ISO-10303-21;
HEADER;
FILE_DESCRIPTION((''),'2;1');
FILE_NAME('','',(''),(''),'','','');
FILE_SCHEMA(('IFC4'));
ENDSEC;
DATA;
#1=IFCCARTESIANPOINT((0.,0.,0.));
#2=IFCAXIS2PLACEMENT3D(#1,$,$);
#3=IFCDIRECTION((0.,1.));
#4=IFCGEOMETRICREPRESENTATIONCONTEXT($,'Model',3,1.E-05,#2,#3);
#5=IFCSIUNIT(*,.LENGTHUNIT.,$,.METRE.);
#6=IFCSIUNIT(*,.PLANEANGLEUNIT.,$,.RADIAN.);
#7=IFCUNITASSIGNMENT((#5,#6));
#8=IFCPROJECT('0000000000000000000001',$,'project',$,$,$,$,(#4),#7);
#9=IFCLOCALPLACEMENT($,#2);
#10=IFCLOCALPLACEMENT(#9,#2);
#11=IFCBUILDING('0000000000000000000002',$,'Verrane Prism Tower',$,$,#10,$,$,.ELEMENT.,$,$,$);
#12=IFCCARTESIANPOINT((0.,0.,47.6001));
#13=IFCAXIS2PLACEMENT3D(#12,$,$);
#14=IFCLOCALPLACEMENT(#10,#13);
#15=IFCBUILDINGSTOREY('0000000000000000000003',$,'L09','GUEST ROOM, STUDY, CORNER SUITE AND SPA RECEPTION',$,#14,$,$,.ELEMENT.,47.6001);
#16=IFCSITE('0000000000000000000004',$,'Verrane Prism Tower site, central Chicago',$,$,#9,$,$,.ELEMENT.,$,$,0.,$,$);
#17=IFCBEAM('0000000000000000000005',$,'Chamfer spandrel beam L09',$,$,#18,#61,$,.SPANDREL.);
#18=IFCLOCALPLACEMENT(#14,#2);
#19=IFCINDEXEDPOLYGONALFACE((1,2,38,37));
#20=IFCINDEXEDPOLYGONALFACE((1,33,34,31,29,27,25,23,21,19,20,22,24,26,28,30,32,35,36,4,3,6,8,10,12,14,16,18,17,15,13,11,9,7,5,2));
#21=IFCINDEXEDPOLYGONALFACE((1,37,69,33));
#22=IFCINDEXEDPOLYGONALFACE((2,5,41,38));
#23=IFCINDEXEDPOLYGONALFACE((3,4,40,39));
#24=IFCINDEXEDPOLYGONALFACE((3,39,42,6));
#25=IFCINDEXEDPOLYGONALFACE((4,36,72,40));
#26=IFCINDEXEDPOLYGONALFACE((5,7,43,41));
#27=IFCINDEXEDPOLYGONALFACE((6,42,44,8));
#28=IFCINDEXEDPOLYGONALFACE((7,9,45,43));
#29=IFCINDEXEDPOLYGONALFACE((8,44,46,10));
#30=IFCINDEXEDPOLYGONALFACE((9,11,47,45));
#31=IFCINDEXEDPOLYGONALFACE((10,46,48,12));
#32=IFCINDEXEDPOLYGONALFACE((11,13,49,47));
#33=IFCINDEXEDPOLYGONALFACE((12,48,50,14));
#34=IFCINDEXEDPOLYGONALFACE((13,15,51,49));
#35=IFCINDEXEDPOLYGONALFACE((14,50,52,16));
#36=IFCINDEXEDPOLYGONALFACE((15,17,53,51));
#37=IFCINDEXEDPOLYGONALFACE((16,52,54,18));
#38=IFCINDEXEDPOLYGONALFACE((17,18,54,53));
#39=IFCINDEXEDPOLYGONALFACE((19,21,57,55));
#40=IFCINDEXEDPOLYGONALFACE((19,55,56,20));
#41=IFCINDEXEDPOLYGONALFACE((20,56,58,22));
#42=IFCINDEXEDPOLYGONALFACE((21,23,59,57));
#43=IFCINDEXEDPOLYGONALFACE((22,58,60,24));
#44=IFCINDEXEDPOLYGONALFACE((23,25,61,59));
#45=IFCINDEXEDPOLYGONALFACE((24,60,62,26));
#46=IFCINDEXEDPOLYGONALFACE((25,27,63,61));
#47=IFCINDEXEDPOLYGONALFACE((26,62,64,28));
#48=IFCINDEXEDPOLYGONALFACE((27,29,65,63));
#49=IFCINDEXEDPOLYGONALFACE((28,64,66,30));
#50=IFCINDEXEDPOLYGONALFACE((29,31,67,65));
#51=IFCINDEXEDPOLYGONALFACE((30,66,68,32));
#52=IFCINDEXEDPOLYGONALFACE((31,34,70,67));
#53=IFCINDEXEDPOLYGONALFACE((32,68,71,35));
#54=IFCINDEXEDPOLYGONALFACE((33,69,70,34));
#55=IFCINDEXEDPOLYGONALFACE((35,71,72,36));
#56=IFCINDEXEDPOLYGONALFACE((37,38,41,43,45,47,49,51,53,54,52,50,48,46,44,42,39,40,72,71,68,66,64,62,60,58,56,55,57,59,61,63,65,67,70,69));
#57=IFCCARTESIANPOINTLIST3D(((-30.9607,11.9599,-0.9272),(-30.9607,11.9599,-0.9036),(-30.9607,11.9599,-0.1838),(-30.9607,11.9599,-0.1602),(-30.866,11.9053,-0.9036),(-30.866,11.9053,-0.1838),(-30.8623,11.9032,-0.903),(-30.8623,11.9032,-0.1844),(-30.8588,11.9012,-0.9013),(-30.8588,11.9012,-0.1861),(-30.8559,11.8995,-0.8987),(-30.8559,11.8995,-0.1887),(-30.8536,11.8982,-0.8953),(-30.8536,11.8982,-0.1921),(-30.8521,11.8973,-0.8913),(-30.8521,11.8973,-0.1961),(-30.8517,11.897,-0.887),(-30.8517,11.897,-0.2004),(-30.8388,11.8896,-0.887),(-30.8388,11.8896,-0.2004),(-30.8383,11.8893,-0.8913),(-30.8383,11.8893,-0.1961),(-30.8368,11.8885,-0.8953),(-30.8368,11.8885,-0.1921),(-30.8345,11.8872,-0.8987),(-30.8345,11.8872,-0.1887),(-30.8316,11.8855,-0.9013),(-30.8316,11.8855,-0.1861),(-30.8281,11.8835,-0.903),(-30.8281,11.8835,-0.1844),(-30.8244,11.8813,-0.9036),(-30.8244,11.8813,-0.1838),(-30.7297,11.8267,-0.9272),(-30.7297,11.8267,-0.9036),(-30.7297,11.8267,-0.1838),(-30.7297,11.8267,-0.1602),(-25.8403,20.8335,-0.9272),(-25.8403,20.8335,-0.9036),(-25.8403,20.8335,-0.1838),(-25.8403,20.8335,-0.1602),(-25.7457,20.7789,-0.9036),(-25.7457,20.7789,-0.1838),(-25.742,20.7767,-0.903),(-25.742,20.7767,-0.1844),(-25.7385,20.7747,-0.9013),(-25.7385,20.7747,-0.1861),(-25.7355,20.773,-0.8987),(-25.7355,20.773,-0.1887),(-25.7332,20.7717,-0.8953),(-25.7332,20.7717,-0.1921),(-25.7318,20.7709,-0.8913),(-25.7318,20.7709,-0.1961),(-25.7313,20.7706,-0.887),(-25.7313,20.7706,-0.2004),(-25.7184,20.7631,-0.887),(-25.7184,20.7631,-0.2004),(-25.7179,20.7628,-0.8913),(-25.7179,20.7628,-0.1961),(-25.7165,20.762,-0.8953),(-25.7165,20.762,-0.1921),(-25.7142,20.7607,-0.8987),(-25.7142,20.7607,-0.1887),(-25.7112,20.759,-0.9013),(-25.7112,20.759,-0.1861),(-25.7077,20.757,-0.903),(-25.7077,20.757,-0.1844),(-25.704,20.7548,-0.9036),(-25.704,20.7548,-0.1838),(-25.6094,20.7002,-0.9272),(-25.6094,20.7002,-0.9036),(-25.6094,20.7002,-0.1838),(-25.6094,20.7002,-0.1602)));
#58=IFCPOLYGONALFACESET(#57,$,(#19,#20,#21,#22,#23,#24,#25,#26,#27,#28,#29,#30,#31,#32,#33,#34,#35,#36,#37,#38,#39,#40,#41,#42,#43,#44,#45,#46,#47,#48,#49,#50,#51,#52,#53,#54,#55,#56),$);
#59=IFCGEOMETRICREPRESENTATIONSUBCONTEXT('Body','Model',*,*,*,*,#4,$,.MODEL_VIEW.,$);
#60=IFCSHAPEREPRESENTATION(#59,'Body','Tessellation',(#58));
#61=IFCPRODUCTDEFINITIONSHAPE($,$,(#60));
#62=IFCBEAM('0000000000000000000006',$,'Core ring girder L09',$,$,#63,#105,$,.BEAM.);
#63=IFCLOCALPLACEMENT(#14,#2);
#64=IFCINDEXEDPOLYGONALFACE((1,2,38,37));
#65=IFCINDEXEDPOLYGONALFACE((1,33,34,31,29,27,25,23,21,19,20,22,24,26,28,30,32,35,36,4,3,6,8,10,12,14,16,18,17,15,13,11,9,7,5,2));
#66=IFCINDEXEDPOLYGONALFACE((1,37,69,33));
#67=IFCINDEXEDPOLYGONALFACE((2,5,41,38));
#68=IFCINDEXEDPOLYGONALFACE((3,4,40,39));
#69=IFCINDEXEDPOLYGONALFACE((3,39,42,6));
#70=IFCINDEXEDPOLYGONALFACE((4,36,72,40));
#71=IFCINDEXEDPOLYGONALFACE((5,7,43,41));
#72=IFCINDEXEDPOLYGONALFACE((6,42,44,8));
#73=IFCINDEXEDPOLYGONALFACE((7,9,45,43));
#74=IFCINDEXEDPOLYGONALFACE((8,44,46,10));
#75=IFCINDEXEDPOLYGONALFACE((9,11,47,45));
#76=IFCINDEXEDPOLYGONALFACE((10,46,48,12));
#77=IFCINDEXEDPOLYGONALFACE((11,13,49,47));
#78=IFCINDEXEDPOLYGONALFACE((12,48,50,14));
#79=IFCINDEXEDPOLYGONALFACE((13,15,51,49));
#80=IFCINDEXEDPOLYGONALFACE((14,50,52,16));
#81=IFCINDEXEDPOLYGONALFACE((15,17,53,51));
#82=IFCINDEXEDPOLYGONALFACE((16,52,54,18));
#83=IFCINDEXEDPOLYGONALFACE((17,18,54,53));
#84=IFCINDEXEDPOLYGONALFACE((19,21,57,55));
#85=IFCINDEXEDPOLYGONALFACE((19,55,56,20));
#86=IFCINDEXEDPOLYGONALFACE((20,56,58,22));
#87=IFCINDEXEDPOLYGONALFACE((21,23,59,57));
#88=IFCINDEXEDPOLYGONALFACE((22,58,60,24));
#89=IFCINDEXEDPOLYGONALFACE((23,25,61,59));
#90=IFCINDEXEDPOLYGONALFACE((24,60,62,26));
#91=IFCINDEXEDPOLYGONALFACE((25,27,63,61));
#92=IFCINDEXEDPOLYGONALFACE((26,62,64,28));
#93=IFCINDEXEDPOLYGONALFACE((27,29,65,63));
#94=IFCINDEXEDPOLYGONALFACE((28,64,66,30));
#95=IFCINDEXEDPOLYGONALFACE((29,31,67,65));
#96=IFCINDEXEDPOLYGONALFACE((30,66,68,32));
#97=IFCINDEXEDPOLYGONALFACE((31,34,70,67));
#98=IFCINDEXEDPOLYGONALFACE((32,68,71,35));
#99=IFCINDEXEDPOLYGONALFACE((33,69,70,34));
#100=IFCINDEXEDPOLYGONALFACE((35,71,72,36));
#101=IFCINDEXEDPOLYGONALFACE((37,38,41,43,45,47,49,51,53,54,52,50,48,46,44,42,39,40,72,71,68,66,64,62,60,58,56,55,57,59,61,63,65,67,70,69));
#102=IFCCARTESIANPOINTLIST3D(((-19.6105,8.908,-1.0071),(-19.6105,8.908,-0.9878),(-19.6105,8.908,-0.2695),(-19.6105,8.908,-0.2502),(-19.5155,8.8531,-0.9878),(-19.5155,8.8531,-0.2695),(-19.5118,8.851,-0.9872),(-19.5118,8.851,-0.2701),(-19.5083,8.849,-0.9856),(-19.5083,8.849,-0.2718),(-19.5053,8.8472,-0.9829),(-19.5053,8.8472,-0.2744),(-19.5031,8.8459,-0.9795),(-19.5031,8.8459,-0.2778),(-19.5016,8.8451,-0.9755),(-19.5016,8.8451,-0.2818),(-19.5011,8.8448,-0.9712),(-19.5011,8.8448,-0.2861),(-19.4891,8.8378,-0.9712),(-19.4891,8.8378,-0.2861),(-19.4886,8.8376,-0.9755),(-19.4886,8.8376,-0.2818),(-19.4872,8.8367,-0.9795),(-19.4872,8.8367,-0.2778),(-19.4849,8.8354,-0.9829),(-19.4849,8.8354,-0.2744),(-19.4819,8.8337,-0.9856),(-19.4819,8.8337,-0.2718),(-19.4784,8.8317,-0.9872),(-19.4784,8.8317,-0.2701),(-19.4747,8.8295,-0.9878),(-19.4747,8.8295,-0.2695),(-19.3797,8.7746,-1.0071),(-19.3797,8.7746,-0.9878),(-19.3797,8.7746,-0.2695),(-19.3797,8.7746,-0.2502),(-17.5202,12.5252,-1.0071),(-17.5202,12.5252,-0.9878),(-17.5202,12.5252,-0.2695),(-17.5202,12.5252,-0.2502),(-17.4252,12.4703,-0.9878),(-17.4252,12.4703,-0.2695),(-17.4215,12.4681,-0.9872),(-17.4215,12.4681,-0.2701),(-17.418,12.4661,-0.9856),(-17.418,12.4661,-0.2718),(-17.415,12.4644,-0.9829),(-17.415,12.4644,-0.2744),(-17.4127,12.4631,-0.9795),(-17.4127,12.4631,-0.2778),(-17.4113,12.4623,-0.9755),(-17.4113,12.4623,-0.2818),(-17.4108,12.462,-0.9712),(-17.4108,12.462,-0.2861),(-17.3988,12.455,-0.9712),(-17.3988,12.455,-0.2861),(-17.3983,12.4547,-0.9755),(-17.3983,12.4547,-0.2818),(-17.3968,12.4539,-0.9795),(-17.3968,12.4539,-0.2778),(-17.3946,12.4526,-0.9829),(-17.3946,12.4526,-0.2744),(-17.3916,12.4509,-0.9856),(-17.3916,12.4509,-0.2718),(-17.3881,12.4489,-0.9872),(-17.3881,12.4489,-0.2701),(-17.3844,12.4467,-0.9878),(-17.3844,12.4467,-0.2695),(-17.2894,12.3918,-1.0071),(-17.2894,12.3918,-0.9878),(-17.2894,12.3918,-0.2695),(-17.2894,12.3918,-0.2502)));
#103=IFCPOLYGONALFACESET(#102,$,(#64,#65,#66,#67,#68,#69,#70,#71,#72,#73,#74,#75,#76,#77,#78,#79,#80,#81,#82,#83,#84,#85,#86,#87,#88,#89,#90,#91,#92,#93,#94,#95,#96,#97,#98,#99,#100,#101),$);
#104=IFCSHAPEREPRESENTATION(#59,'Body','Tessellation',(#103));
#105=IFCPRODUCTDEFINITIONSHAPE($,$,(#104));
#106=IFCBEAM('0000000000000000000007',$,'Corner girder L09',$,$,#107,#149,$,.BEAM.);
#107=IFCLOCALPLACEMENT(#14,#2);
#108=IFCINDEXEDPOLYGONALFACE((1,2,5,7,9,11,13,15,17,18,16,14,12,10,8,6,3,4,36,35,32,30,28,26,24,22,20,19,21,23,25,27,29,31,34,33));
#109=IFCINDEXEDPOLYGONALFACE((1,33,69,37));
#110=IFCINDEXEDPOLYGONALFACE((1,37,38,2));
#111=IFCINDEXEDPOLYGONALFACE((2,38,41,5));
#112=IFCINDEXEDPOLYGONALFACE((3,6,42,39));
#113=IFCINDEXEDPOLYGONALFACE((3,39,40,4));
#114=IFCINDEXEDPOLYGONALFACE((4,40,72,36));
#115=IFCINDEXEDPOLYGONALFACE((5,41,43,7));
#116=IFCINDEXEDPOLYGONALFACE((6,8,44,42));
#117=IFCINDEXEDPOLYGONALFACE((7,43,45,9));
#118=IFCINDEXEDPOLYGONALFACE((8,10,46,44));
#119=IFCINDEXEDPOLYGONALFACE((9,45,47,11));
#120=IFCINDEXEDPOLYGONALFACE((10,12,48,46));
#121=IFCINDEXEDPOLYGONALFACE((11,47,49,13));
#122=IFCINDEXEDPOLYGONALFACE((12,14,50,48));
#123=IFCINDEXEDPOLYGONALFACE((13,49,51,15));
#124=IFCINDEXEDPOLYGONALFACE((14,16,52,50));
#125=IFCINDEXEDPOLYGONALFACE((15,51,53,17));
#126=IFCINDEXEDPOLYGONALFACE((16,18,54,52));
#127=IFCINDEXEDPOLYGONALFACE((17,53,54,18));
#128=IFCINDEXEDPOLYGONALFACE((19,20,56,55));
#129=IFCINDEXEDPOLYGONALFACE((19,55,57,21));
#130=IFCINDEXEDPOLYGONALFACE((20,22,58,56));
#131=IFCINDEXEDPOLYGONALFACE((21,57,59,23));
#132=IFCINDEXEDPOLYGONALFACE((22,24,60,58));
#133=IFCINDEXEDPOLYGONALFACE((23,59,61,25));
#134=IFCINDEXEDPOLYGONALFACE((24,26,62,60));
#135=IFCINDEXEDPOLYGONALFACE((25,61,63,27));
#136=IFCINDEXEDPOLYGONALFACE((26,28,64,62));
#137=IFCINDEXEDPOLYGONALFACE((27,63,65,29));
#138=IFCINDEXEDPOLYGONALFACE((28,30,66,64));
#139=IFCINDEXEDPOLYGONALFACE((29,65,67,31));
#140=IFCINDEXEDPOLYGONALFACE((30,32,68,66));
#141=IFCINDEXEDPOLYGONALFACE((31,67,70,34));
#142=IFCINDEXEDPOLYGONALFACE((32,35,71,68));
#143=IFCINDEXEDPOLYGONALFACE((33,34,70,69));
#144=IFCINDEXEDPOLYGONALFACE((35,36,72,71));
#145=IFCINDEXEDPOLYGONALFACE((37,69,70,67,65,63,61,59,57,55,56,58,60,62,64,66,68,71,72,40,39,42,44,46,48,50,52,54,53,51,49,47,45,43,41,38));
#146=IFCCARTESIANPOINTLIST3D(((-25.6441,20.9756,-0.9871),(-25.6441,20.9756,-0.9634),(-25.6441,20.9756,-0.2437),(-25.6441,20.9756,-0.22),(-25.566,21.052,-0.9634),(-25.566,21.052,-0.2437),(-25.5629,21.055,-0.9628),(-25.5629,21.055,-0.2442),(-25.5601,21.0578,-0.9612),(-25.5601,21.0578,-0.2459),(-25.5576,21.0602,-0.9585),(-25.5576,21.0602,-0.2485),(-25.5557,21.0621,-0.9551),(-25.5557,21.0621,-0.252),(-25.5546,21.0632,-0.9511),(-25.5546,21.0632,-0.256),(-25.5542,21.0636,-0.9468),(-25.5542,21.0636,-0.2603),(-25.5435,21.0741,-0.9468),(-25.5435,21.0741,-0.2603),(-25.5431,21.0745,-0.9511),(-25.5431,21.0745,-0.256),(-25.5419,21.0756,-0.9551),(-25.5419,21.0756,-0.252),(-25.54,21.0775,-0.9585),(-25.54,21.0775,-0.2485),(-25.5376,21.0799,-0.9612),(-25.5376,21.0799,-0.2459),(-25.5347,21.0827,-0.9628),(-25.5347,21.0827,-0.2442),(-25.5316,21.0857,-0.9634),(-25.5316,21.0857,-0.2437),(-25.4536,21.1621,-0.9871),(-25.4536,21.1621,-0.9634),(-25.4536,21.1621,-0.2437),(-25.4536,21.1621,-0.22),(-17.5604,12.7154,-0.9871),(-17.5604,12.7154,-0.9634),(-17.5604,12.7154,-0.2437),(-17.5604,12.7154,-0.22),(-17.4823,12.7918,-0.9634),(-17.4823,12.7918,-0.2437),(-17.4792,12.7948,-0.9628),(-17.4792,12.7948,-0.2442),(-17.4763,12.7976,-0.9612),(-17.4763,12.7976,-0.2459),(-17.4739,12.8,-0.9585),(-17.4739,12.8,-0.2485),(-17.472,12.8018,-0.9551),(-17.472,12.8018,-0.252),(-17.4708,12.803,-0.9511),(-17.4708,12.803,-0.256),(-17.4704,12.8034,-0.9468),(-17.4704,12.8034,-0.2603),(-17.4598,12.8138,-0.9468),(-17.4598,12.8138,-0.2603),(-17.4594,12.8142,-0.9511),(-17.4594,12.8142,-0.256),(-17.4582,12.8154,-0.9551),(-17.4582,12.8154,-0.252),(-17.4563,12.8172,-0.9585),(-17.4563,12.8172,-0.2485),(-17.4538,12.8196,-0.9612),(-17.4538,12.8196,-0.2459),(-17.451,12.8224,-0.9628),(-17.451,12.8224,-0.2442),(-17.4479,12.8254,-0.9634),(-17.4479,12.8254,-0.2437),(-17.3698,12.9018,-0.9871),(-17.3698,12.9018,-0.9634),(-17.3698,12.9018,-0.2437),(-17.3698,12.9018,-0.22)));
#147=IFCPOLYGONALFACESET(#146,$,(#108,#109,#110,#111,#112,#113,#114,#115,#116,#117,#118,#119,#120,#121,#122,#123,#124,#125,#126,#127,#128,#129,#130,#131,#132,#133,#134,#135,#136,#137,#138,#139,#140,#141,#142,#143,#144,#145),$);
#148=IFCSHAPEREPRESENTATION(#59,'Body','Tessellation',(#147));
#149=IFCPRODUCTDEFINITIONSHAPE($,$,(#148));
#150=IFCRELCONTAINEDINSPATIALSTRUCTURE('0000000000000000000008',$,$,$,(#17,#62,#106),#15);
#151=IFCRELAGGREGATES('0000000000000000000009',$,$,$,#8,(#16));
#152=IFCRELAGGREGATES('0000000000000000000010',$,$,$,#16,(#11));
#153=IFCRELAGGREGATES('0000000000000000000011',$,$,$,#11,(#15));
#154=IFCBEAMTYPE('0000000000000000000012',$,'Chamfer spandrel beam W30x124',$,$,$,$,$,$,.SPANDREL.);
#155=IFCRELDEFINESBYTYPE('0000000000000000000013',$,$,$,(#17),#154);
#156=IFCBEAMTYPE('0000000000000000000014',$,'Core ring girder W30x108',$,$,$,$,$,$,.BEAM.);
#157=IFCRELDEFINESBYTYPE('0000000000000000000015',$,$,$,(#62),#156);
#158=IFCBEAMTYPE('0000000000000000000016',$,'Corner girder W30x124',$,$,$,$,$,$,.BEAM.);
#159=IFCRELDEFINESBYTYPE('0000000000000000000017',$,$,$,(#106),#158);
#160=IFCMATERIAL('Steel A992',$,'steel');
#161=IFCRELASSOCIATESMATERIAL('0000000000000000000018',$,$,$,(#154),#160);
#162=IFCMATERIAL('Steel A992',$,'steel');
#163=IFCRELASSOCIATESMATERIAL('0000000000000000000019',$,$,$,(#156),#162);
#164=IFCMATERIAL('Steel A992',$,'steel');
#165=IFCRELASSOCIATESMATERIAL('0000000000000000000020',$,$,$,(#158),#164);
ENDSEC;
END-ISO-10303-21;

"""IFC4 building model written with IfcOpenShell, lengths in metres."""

from ifc_helpers import new_model, si_unit, direction, frame, origin, origin_2d, place, context, subcontext, project, spatial, i_section, extrude, material, material_profile, profile_set, type_object, element, save


model = new_model("IFC4")

# Units and contexts
model_context = context("Model", 3, precision=1e-05, world=origin(), true_north=direction((0.0, 1.0)))
body_context = subcontext(model_context, "Body", "Model", "MODEL_VIEW")
ifc_project = project(units=[si_unit("LENGTHUNIT", "METRE"), si_unit("PLANEANGLEUNIT", "RADIAN")], contexts=[model_context])

# Site, building, storey
site_placement = place(None, origin())
site = spatial("IfcSite", under=ifc_project, at=site_placement, Name="Verrane Prism Tower site, central Chicago", CompositionType="ELEMENT", RefElevation=0.0)
building_placement = place(site_placement, origin())
building = spatial("IfcBuilding", under=site, at=building_placement, Name="Verrane Prism Tower", CompositionType="ELEMENT")
storey_placement = place(building_placement, frame((0.0, 0.0, 47.6001)))
storey = spatial("IfcBuildingStorey", under=building, at=storey_placement, Name="L09", Description="GUEST ROOM, STUDY, CORNER SUITE AND SPA RECEPTION", CompositionType="ELEMENT", Elevation=47.6001)

# Beams
ifc_material_1 = material(Name="Steel A992", Category="steel")
ifc_material_profile_1 = material_profile(ifc_material_1, i_section(OverallWidth=0.2666, OverallDepth=0.7671, WebThickness=0.0149, FlangeThickness=0.0237, FilletRadius=0.0166, at=origin_2d()), Name="W30x124")
ifc_profile_set_1 = profile_set([ifc_material_profile_1], Name="Steel A992")
beam_type_1 = type_object("IfcBeamType", Name="Chamfer spandrel beam W30x124", PredefinedType="SPANDREL", material=ifc_profile_set_1)
beam_1_placement = place(storey_placement, frame((-25.7249, 20.7668, -0.5437), z_axis=(-0.499797, -0.866143, 0.0), x_axis=(0.866143, -0.499797, 0.0)))
element("IfcBeam", 1, at=beam_1_placement, inside=storey, type_object=beam_type_1, Name="Chamfer spandrel beam L09", PredefinedType="SPANDREL", context=body_context, shape_type="SweptSolid", body=[
    extrude(i_section(OverallWidth=0.2666, OverallDepth=0.7671, WebThickness=0.0149, FlangeThickness=0.0237, FilletRadius=0.0166, at=origin_2d()), origin(), (0.0, 0.0, 1.0), 10.2449),
])
ifc_material_2 = material(Name="Steel A992", Category="steel")
ifc_material_profile_2 = material_profile(ifc_material_2, i_section(OverallWidth=0.2666, OverallDepth=0.7568, WebThickness=0.0139, FlangeThickness=0.0193, FilletRadius=0.0166, at=origin_2d()), Name="W30x108")
ifc_profile_set_2 = profile_set([ifc_material_profile_2], Name="Steel A992")
beam_type_2 = type_object("IfcBeamType", Name="Core ring girder W30x108", PredefinedType="BEAM", material=ifc_profile_set_2)
beam_2_placement = place(storey_placement, frame((-17.4048, 12.4585, -0.6287), z_axis=(-0.50035, -0.865823, 0.0), x_axis=(0.865823, -0.50035, 0.0)))
element("IfcBeam", 2, at=beam_2_placement, inside=storey, type_object=beam_type_2, Name="Core ring girder L09", PredefinedType="BEAM", context=body_context, shape_type="SweptSolid", body=[
    extrude(i_section(OverallWidth=0.2666, OverallDepth=0.7568, WebThickness=0.0139, FlangeThickness=0.0193, FilletRadius=0.0166, at=origin_2d()), origin(), (0.0, 0.0, 1.0), 4.1777),
])
ifc_material_3 = material(Name="Steel A992", Category="steel")
ifc_material_profile_3 = material_profile(ifc_material_3, i_section(OverallWidth=0.2666, OverallDepth=0.7671, WebThickness=0.0149, FlangeThickness=0.0237, FilletRadius=0.0166, at=origin_2d()), Name="W30x124")
ifc_profile_set_3 = profile_set([ifc_material_profile_3], Name="Steel A992")
beam_type_3 = type_object("IfcBeamType", Name="Corner girder W30x124", PredefinedType="BEAM", material=ifc_profile_set_3)
beam_3_placement = place(storey_placement, frame((-25.5488, 21.0688, -0.6035), z_axis=(0.699429, -0.714702, 0.0), x_axis=(0.714702, 0.699429, 0.0)))
element("IfcBeam", 3, at=beam_3_placement, inside=storey, type_object=beam_type_3, Name="Corner girder L09", PredefinedType="BEAM", context=body_context, shape_type="SweptSolid", body=[
    extrude(i_section(OverallWidth=0.2666, OverallDepth=0.7671, WebThickness=0.0149, FlangeThickness=0.0237, FilletRadius=0.0166, at=origin_2d()), origin(), (0.0, 0.0, 1.0), 11.5576),
])

save(model, "model.ifc")
